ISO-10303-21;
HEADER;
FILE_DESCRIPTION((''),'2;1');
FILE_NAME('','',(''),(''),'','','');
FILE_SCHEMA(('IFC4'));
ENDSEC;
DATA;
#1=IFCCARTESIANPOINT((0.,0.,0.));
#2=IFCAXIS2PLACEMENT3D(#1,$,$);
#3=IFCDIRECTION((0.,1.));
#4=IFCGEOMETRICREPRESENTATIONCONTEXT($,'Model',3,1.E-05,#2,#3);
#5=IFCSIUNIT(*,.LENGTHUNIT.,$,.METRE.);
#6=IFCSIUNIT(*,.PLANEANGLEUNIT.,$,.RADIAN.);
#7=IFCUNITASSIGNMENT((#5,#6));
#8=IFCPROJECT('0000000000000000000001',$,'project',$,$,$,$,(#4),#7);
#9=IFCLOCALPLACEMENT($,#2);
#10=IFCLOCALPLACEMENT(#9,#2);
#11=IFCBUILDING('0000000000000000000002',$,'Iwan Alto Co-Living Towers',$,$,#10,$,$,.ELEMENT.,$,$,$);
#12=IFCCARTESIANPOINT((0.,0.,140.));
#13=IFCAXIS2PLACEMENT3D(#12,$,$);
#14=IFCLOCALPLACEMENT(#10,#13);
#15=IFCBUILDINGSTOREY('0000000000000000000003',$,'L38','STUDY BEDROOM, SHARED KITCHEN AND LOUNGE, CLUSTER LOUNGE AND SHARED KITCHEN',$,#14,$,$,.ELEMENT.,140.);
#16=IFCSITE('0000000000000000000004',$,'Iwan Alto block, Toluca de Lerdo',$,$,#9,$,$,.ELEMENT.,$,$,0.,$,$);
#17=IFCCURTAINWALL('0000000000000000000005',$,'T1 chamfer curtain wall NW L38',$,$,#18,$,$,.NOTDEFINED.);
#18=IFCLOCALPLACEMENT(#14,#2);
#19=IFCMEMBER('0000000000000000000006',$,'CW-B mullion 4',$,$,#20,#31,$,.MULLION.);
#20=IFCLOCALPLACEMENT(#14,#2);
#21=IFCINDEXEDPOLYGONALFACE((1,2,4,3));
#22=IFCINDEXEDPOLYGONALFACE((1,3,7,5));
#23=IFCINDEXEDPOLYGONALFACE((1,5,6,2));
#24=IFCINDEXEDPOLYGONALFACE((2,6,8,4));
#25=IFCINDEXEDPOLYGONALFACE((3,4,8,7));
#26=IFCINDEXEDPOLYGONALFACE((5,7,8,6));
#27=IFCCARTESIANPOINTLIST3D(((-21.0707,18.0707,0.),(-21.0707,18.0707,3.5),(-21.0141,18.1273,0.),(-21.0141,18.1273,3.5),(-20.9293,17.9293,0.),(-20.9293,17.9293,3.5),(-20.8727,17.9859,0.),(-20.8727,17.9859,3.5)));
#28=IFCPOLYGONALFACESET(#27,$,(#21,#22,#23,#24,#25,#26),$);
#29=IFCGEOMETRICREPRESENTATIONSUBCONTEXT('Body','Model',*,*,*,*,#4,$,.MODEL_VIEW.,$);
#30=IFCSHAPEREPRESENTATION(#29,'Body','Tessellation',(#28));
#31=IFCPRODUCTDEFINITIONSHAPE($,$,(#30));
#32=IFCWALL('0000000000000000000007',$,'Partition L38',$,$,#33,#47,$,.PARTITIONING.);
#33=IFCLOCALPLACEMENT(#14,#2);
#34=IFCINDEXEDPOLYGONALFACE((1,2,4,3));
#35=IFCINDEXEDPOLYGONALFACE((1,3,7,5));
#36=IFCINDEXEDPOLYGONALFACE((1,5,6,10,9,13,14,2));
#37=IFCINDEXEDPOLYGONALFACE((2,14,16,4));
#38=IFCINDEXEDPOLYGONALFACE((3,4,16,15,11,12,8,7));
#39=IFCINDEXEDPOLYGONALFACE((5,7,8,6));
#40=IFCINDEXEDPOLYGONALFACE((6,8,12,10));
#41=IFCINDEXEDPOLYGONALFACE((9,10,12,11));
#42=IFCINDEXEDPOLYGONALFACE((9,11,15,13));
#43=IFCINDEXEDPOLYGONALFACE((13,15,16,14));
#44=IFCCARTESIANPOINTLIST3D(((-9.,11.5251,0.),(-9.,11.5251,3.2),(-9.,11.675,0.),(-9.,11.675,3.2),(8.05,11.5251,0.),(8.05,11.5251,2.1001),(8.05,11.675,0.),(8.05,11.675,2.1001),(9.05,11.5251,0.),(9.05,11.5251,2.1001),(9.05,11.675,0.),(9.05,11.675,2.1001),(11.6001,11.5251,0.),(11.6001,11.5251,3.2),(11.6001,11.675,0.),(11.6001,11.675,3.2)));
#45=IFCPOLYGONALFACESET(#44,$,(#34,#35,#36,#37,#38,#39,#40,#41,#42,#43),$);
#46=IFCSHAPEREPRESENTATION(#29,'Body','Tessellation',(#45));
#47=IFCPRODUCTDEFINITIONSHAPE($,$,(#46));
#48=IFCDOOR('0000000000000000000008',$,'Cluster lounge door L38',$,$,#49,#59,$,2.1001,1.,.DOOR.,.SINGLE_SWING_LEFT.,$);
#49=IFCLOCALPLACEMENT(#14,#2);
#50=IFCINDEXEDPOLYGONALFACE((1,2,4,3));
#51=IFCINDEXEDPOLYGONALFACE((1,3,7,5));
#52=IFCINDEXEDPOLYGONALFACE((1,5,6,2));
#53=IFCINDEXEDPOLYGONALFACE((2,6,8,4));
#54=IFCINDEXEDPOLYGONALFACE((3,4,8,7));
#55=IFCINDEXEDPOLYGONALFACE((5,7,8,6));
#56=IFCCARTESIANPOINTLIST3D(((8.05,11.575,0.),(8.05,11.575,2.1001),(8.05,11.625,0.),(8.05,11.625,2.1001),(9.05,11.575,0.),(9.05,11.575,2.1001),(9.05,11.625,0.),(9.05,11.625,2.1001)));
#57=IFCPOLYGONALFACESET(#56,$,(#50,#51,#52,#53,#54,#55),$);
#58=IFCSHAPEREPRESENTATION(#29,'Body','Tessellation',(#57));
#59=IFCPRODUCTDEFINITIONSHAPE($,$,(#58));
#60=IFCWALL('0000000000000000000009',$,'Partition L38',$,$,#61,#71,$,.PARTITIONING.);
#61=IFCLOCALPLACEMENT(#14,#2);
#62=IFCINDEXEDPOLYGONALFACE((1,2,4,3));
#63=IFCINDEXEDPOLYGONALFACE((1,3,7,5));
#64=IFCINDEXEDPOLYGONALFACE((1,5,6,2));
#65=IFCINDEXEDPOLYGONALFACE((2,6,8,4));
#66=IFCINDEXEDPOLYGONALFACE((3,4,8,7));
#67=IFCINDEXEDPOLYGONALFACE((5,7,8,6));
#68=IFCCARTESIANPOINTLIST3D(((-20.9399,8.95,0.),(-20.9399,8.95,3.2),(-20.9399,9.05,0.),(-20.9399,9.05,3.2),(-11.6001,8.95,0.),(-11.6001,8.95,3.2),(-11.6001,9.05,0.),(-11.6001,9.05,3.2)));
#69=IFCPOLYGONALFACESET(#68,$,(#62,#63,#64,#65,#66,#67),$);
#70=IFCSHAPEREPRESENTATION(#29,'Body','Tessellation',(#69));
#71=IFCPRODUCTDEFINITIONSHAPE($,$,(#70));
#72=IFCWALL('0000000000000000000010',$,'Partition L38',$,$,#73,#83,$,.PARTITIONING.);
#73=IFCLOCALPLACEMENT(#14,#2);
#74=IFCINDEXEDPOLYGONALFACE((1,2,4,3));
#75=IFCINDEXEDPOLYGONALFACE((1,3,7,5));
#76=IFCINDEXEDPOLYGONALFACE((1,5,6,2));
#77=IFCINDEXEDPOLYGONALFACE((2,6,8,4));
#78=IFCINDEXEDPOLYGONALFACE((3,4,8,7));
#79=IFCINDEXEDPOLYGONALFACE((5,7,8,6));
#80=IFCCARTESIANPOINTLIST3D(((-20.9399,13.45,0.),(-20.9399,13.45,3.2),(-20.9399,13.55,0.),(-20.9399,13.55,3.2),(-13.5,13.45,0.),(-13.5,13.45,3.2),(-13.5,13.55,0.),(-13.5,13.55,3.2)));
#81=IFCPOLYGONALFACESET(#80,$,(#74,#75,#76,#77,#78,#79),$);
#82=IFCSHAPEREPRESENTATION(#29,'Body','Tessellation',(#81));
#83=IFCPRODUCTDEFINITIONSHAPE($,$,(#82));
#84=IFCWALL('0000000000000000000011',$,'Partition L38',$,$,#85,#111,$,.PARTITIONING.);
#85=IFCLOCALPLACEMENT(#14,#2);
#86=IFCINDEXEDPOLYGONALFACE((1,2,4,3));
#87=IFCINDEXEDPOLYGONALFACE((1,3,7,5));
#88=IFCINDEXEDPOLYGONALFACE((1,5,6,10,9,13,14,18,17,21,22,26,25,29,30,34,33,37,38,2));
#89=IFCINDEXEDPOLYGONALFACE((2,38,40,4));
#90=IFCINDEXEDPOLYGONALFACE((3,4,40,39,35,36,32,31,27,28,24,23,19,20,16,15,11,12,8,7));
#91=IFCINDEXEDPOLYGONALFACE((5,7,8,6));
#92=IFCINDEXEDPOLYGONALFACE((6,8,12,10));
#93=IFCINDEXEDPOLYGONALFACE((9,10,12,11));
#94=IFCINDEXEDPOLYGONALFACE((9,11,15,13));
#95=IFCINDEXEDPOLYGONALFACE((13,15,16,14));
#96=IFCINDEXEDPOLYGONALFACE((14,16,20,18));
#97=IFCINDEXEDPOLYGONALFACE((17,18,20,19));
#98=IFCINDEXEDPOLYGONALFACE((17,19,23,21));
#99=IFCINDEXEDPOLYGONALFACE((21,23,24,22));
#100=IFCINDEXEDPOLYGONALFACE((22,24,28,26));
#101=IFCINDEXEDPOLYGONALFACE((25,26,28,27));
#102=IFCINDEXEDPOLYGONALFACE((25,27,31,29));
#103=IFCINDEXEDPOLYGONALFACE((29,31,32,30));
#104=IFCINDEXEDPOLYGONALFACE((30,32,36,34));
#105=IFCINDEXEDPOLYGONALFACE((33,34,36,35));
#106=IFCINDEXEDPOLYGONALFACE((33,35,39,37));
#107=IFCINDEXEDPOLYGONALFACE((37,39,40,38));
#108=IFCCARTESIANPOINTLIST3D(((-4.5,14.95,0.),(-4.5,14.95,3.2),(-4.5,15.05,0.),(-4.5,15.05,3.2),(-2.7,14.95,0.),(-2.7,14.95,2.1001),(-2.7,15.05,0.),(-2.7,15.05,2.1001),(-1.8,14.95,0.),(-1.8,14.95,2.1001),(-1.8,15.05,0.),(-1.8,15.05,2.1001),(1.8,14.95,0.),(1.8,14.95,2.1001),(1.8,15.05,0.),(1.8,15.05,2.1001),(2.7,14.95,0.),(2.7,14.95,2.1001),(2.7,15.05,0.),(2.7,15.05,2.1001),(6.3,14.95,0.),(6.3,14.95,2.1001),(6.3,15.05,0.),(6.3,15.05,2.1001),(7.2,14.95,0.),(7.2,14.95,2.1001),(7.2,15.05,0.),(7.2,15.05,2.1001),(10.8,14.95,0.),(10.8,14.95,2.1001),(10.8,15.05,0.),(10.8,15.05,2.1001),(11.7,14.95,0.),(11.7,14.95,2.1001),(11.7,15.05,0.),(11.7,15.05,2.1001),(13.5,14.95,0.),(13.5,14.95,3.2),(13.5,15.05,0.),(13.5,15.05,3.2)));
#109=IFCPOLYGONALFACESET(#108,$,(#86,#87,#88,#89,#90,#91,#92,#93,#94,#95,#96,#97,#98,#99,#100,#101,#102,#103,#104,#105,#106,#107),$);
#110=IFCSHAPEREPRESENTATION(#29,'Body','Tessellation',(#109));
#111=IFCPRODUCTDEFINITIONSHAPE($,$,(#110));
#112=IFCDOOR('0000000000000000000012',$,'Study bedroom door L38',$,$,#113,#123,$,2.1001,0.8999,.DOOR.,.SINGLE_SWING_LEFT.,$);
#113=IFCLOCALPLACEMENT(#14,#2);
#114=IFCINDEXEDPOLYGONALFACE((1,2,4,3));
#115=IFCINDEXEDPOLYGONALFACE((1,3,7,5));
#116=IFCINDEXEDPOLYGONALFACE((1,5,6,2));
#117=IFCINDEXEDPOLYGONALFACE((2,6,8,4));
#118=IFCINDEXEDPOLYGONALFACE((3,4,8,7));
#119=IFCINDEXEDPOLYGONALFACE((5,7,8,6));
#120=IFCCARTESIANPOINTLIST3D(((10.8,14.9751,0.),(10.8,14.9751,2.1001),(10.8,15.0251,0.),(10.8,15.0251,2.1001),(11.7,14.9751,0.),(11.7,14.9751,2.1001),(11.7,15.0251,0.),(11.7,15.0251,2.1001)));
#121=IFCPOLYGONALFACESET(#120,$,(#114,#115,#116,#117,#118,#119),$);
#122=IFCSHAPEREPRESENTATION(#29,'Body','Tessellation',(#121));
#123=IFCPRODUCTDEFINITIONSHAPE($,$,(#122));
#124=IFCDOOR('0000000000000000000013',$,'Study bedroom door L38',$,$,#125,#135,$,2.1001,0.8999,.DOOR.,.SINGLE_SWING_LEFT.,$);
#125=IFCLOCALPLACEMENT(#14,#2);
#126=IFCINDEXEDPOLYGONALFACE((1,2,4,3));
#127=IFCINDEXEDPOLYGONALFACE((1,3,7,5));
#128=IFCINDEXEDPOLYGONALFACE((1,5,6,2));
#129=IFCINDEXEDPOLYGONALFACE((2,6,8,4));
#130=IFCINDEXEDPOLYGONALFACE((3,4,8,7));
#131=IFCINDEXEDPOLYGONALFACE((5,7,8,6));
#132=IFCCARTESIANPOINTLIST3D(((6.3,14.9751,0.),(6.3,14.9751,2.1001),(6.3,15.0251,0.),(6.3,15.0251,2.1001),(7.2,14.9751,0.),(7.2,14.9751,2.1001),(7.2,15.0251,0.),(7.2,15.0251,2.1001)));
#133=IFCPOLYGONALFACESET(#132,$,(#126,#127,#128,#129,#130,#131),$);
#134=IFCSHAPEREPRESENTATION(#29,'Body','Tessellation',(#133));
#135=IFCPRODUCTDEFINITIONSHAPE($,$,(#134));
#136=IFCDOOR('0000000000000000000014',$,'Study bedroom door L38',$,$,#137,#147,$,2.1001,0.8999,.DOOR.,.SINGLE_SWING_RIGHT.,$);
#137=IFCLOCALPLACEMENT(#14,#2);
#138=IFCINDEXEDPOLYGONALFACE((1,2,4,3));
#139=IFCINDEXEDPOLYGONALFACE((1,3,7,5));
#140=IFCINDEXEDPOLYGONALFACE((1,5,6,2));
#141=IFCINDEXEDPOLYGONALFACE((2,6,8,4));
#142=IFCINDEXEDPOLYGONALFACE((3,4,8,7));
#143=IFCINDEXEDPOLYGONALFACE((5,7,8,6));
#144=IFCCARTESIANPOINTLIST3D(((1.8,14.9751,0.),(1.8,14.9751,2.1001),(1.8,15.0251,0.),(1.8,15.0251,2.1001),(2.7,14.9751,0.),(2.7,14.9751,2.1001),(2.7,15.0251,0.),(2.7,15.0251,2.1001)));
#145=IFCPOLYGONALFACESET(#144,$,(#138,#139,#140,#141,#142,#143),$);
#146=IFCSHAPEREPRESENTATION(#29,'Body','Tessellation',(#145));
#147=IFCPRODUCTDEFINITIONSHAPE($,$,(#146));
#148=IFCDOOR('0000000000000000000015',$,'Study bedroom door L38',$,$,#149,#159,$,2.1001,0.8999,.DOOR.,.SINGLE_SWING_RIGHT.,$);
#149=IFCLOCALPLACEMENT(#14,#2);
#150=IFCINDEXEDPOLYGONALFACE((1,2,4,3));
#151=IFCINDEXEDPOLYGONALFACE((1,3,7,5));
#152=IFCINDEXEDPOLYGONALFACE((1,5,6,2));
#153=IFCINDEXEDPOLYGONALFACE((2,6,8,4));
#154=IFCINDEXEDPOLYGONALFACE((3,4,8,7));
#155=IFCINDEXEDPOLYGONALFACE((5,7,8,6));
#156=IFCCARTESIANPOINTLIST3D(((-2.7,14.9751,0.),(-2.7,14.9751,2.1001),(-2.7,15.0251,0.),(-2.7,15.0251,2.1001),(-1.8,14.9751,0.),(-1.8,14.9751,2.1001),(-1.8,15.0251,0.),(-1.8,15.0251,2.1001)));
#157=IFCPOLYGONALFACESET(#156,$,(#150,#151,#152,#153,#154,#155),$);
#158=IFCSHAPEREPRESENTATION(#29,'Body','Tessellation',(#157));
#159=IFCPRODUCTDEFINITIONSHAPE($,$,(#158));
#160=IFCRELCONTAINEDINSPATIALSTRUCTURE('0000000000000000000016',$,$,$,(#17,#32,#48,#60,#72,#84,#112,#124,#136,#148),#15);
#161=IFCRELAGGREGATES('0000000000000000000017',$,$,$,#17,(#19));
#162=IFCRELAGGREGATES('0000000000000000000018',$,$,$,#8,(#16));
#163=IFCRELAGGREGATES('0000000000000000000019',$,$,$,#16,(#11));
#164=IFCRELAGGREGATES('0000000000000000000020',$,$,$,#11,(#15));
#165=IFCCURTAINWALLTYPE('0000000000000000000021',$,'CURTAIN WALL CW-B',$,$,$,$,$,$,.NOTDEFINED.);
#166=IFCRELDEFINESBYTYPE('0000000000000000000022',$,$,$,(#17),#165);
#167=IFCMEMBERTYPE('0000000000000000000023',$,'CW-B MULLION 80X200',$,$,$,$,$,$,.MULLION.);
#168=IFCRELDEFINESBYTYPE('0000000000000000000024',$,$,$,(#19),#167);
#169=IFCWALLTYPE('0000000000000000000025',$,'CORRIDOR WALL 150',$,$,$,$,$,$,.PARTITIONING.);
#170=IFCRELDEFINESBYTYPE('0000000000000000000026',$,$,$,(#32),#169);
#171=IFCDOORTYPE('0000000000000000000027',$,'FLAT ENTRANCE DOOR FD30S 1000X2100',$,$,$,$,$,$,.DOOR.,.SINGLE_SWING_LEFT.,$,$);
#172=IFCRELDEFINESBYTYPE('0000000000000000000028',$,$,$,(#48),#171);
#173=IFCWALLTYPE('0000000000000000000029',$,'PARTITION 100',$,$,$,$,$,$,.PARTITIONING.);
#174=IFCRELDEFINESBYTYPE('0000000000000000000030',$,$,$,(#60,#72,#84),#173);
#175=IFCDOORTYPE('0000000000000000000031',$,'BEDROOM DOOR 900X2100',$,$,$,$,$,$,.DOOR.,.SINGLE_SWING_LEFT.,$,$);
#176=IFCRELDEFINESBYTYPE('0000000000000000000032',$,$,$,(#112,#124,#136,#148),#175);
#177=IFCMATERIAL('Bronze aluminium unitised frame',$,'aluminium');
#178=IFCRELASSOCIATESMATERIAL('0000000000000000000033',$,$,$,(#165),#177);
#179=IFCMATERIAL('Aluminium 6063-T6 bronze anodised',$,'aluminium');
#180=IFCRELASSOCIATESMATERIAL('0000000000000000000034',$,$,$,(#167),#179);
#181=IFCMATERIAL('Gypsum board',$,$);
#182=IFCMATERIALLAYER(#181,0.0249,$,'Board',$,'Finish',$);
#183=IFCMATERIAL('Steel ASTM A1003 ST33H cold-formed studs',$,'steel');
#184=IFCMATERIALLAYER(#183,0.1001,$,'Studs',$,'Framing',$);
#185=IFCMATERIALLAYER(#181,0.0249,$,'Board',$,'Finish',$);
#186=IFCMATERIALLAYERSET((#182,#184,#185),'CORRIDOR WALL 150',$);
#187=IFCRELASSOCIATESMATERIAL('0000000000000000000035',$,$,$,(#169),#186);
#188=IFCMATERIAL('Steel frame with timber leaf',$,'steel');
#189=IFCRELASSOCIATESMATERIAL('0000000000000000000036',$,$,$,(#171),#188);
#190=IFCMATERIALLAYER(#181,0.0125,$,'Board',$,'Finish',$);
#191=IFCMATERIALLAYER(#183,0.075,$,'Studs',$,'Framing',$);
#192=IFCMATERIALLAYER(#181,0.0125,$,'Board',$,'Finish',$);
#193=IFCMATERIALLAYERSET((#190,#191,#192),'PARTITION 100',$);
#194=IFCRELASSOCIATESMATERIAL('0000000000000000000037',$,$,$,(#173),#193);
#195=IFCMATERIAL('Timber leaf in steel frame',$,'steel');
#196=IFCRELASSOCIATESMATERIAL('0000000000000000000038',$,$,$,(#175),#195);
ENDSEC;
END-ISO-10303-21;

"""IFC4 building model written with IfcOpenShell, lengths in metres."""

from ifc_helpers import new_model, si_unit, direction, frame, frame_2d, origin, origin_2d, place, context, subcontext, project, spatial, rectangle, extrude, material, layer, layer_set, material_profile, profile_set, type_object, element, fill, aggregate, save


model = new_model("IFC4")

# Units and contexts
model_context = context("Model", 3, precision=1e-05, world=origin(), true_north=direction((0.0, 1.0)))
body_context = subcontext(model_context, "Body", "Model", "MODEL_VIEW")
ifc_project = project(units=[si_unit("LENGTHUNIT", "METRE"), si_unit("PLANEANGLEUNIT", "RADIAN")], contexts=[model_context])

# Site, building, storey
site_placement = place(None, origin())
site = spatial("IfcSite", under=ifc_project, at=site_placement, Name="Iwan Alto block, Toluca de Lerdo", CompositionType="ELEMENT", RefElevation=0.0)
building_placement = place(site_placement, origin())
building = spatial("IfcBuilding", under=site, at=building_placement, Name="Iwan Alto Co-Living Towers", CompositionType="ELEMENT")
storey_placement = place(building_placement, frame((0.0, 0.0, 140.0)))
storey = spatial("IfcBuildingStorey", under=building, at=storey_placement, Name="L38", Description="STUDY BEDROOM, SHARED KITCHEN AND LOUNGE, CLUSTER LOUNGE AND SHARED KITCHEN", CompositionType="ELEMENT", Elevation=140.0)

# Curtain wall, member
ifc_material_1 = material(Name="Bronze aluminium unitised frame", Category="aluminium")
curtain_wall_type = type_object("IfcCurtainWallType", Name="CURTAIN WALL CW-B", PredefinedType="NOTDEFINED", material=ifc_material_1)
curtain_wall_placement = place(storey_placement, origin())
curtain_wall = element("IfcCurtainWall", 1, at=curtain_wall_placement, inside=storey, type_object=curtain_wall_type, Name="T1 chamfer curtain wall NW L38", PredefinedType="NOTDEFINED")
ifc_material_2 = material(Name="Aluminium 6063-T6 bronze anodised", Category="aluminium")
ifc_material_profile = material_profile(ifc_material_2, rectangle(XDim=0.2, YDim=0.0801, at=origin_2d()), Name="AL 80X200")
ifc_profile_set = profile_set([ifc_material_profile], Name="Aluminium 6063-T6 bronze anodised")
member_type = type_object("IfcMemberType", Name="CW-B MULLION 80X200", PredefinedType="MULLION", material=ifc_profile_set)
member_placement = place(storey_placement, frame((-20.9717, 18.0283, 0.0), z_axis=(0.0, 0.0, 1.0), x_axis=(0.707107, -0.707107, 0.0)))
member = element("IfcMember", 2, at=member_placement, type_object=member_type, Name="CW-B mullion 4", PredefinedType="MULLION", context=body_context, shape_type="SweptSolid", body=[
    extrude(rectangle(XDim=0.2, YDim=0.0801, at=origin_2d()), origin(), (0.0, 0.0, 1.0), 3.5),
])
aggregate(curtain_wall, [member])

# Wall, opening, door
ifc_material_3 = material(Name="Gypsum board")
ifc_layer_1 = layer(ifc_material_3, 0.0249, Name="Board", Category="Finish")
ifc_material_4 = material(Name="Steel ASTM A1003 ST33H cold-formed studs", Category="steel")
ifc_layer_2 = layer(ifc_material_4, 0.1001, Name="Studs", Category="Framing")
ifc_layer_3 = layer(ifc_material_3, 0.0249, Name="Board", Category="Finish")
ifc_layer_set_1 = layer_set([ifc_layer_1, ifc_layer_2, ifc_layer_3], Name="CORRIDOR WALL 150")
wall_type_1 = type_object("IfcWallType", Name="CORRIDOR WALL 150", PredefinedType="PARTITIONING", material=ifc_layer_set_1)
wall_1_placement = place(storey_placement, frame((-9.0, 11.6001, 0.0), z_axis=(0.0, 0.0, 1.0), x_axis=(1.0, 0.0, 0.0)))
wall_1 = element("IfcWall", 3, at=wall_1_placement, inside=storey, type_object=wall_type_1, Name="Partition L38", PredefinedType="PARTITIONING", context=body_context, shape_type="SweptSolid", body=[
    extrude(rectangle(XDim=20.6001, YDim=0.1499, at=frame_2d((10.3, 0.0))), origin(), (0.0, 0.0, 1.0), 3.2),
])
opening_1_placement = place(wall_1_placement, frame((17.05, 0.0, 0.0)))
opening_1 = element("IfcOpeningElement", 4, at=opening_1_placement, cuts=wall_1, PredefinedType="OPENING", context=body_context, shape_type="SweptSolid", body=[
    extrude(rectangle(XDim=1.0, YDim=2.1001, at=frame_2d((0.5, 1.05))), frame((0.0, 0.085, 0.0), z_axis=(0.0, -1.0, 0.0), x_axis=(1.0, 0.0, 0.0)), (0.0, 0.0, 1.0), 0.1699),
])
ifc_material_5 = material(Name="Steel frame with timber leaf", Category="steel")
door_type_1 = type_object("IfcDoorType", Name="FLAT ENTRANCE DOOR FD30S 1000X2100", OperationType="SINGLE_SWING_LEFT", PredefinedType="DOOR", material=ifc_material_5)
door_1_placement = place(opening_1_placement, origin())
door_1 = element("IfcDoor", 5, at=door_1_placement, inside=storey, type_object=door_type_1, Name="Cluster lounge door L38", OperationType="SINGLE_SWING_LEFT", OverallHeight=2.1001, OverallWidth=1.0, PredefinedType="DOOR", context=body_context, shape_type="SweptSolid", body=[
    extrude(rectangle(XDim=1.0, YDim=2.1001, at=frame_2d((0.5, 1.05))), frame((0.0, 0.0249, 0.0), z_axis=(0.0, -1.0, 0.0), x_axis=(1.0, 0.0, 0.0)), (0.0, 0.0, 1.0), 0.05),
])
fill(opening_1, door_1)

# Walls
ifc_layer_4 = layer(ifc_material_3, 0.0125, Name="Board", Category="Finish")
ifc_layer_5 = layer(ifc_material_4, 0.075, Name="Studs", Category="Framing")
ifc_layer_6 = layer(ifc_material_3, 0.0125, Name="Board", Category="Finish")
ifc_layer_set_2 = layer_set([ifc_layer_4, ifc_layer_5, ifc_layer_6], Name="PARTITION 100")
wall_type_2 = type_object("IfcWallType", Name="PARTITION 100", PredefinedType="PARTITIONING", material=ifc_layer_set_2)
wall_2_placement = place(storey_placement, frame((-20.9399, 9.0, 0.0), z_axis=(0.0, 0.0, 1.0), x_axis=(1.0, 0.0, 0.0)))
element("IfcWall", 6, at=wall_2_placement, inside=storey, type_object=wall_type_2, Name="Partition L38", PredefinedType="PARTITIONING", context=body_context, shape_type="SweptSolid", body=[
    extrude(rectangle(XDim=9.3398, YDim=0.1001, at=frame_2d((4.6699, 0.0))), origin(), (0.0, 0.0, 1.0), 3.2),
])
wall_3_placement = place(storey_placement, frame((-20.9399, 13.5, 0.0), z_axis=(0.0, 0.0, 1.0), x_axis=(1.0, 0.0, 0.0)))
element("IfcWall", 7, at=wall_3_placement, inside=storey, type_object=wall_type_2, Name="Partition L38", PredefinedType="PARTITIONING", context=body_context, shape_type="SweptSolid", body=[
    extrude(rectangle(XDim=7.4399, YDim=0.1001, at=frame_2d((3.72, 0.0))), origin(), (0.0, 0.0, 1.0), 3.2),
])

# Wall, openings, doors
wall_4_placement = place(storey_placement, frame((-4.5, 15.0, 0.0), z_axis=(0.0, 0.0, 1.0), x_axis=(1.0, 0.0, 0.0)))
wall_4 = element("IfcWall", 8, at=wall_4_placement, inside=storey, type_object=wall_type_2, Name="Partition L38", PredefinedType="PARTITIONING", context=body_context, shape_type="SweptSolid", body=[
    extrude(rectangle(XDim=18.0, YDim=0.1001, at=frame_2d((9.0, 0.0))), origin(), (0.0, 0.0, 1.0), 3.2),
])
opening_2_placement = place(wall_4_placement, frame((15.3, 0.0, 0.0)))
opening_2 = element("IfcOpeningElement", 9, at=opening_2_placement, cuts=wall_4, PredefinedType="OPENING", context=body_context, shape_type="SweptSolid", body=[
    extrude(rectangle(XDim=0.8999, YDim=2.1001, at=frame_2d((0.45, 1.05))), frame((0.0, 0.0601, 0.0), z_axis=(0.0, -1.0, 0.0), x_axis=(1.0, 0.0, 0.0)), (0.0, 0.0, 1.0), 0.1201),
])
opening_3_placement = place(wall_4_placement, frame((10.8, 0.0, 0.0)))
opening_3 = element("IfcOpeningElement", 10, at=opening_3_placement, cuts=wall_4, PredefinedType="OPENING", context=body_context, shape_type="SweptSolid", body=[
    extrude(rectangle(XDim=0.8999, YDim=2.1001, at=frame_2d((0.45, 1.05))), frame((0.0, 0.0601, 0.0), z_axis=(0.0, -1.0, 0.0), x_axis=(1.0, 0.0, 0.0)), (0.0, 0.0, 1.0), 0.1201),
])
opening_4_placement = place(wall_4_placement, frame((6.3, 0.0, 0.0)))
opening_4 = element("IfcOpeningElement", 11, at=opening_4_placement, cuts=wall_4, PredefinedType="OPENING", context=body_context, shape_type="SweptSolid", body=[
    extrude(rectangle(XDim=0.8999, YDim=2.1001, at=frame_2d((0.45, 1.05))), frame((0.0, 0.0601, 0.0), z_axis=(0.0, -1.0, 0.0), x_axis=(1.0, 0.0, 0.0)), (0.0, 0.0, 1.0), 0.1201),
])
opening_5_placement = place(wall_4_placement, frame((1.8, 0.0, 0.0)))
opening_5 = element("IfcOpeningElement", 12, at=opening_5_placement, cuts=wall_4, PredefinedType="OPENING", context=body_context, shape_type="SweptSolid", body=[
    extrude(rectangle(XDim=0.8999, YDim=2.1001, at=frame_2d((0.45, 1.05))), frame((0.0, 0.0601, 0.0), z_axis=(0.0, -1.0, 0.0), x_axis=(1.0, 0.0, 0.0)), (0.0, 0.0, 1.0), 0.1201),
])
ifc_material_6 = material(Name="Timber leaf in steel frame", Category="steel")
door_type_2 = type_object("IfcDoorType", Name="BEDROOM DOOR 900X2100", OperationType="SINGLE_SWING_LEFT", PredefinedType="DOOR", material=ifc_material_6)
door_2_placement = place(opening_2_placement, frame((0.8999, 0.0, 0.0), z_axis=(0.0, 0.0, 1.0), x_axis=(-1.0, 0.0, 0.0)))
door_2 = element("IfcDoor", 13, at=door_2_placement, inside=storey, type_object=door_type_2, Name="Study bedroom door L38", OperationType="SINGLE_SWING_LEFT", OverallHeight=2.1001, OverallWidth=0.8999, PredefinedType="DOOR", context=body_context, shape_type="SweptSolid", body=[
    extrude(rectangle(XDim=0.8999, YDim=2.1001, at=frame_2d((0.45, 1.05))), frame((0.0, 0.0249, 0.0), z_axis=(0.0, -1.0, 0.0), x_axis=(1.0, 0.0, 0.0)), (0.0, 0.0, 1.0), 0.05),
])
fill(opening_2, door_2)
door_3_placement = place(opening_3_placement, frame((0.8999, 0.0, 0.0), z_axis=(0.0, 0.0, 1.0), x_axis=(-1.0, 0.0, 0.0)))
door_3 = element("IfcDoor", 14, at=door_3_placement, inside=storey, type_object=door_type_2, Name="Study bedroom door L38", OperationType="SINGLE_SWING_LEFT", OverallHeight=2.1001, OverallWidth=0.8999, PredefinedType="DOOR", context=body_context, shape_type="SweptSolid", body=[
    extrude(rectangle(XDim=0.8999, YDim=2.1001, at=frame_2d((0.45, 1.05))), frame((0.0, 0.0249, 0.0), z_axis=(0.0, -1.0, 0.0), x_axis=(1.0, 0.0, 0.0)), (0.0, 0.0, 1.0), 0.05),
])
fill(opening_3, door_3)
door_4_placement = place(opening_4_placement, frame((0.8999, 0.0, 0.0), z_axis=(0.0, 0.0, 1.0), x_axis=(-1.0, 0.0, 0.0)))
door_4 = element("IfcDoor", 15, at=door_4_placement, inside=storey, type_object=door_type_2, Name="Study bedroom door L38", OperationType="SINGLE_SWING_RIGHT", OverallHeight=2.1001, OverallWidth=0.8999, PredefinedType="DOOR", context=body_context, shape_type="SweptSolid", body=[
    extrude(rectangle(XDim=0.8999, YDim=2.1001, at=frame_2d((0.45, 1.05))), frame((0.0, 0.0249, 0.0), z_axis=(0.0, -1.0, 0.0), x_axis=(1.0, 0.0, 0.0)), (0.0, 0.0, 1.0), 0.05),
])
fill(opening_4, door_4)
door_5_placement = place(opening_5_placement, frame((0.8999, 0.0, 0.0), z_axis=(0.0, 0.0, 1.0), x_axis=(-1.0, 0.0, 0.0)))
door_5 = element("IfcDoor", 16, at=door_5_placement, inside=storey, type_object=door_type_2, Name="Study bedroom door L38", OperationType="SINGLE_SWING_RIGHT", OverallHeight=2.1001, OverallWidth=0.8999, PredefinedType="DOOR", context=body_context, shape_type="SweptSolid", body=[
    extrude(rectangle(XDim=0.8999, YDim=2.1001, at=frame_2d((0.45, 1.05))), frame((0.0, 0.0249, 0.0), z_axis=(0.0, -1.0, 0.0), x_axis=(1.0, 0.0, 0.0)), (0.0, 0.0, 1.0), 0.05),
])
fill(opening_5, door_5)

save(model, "model.ifc")
